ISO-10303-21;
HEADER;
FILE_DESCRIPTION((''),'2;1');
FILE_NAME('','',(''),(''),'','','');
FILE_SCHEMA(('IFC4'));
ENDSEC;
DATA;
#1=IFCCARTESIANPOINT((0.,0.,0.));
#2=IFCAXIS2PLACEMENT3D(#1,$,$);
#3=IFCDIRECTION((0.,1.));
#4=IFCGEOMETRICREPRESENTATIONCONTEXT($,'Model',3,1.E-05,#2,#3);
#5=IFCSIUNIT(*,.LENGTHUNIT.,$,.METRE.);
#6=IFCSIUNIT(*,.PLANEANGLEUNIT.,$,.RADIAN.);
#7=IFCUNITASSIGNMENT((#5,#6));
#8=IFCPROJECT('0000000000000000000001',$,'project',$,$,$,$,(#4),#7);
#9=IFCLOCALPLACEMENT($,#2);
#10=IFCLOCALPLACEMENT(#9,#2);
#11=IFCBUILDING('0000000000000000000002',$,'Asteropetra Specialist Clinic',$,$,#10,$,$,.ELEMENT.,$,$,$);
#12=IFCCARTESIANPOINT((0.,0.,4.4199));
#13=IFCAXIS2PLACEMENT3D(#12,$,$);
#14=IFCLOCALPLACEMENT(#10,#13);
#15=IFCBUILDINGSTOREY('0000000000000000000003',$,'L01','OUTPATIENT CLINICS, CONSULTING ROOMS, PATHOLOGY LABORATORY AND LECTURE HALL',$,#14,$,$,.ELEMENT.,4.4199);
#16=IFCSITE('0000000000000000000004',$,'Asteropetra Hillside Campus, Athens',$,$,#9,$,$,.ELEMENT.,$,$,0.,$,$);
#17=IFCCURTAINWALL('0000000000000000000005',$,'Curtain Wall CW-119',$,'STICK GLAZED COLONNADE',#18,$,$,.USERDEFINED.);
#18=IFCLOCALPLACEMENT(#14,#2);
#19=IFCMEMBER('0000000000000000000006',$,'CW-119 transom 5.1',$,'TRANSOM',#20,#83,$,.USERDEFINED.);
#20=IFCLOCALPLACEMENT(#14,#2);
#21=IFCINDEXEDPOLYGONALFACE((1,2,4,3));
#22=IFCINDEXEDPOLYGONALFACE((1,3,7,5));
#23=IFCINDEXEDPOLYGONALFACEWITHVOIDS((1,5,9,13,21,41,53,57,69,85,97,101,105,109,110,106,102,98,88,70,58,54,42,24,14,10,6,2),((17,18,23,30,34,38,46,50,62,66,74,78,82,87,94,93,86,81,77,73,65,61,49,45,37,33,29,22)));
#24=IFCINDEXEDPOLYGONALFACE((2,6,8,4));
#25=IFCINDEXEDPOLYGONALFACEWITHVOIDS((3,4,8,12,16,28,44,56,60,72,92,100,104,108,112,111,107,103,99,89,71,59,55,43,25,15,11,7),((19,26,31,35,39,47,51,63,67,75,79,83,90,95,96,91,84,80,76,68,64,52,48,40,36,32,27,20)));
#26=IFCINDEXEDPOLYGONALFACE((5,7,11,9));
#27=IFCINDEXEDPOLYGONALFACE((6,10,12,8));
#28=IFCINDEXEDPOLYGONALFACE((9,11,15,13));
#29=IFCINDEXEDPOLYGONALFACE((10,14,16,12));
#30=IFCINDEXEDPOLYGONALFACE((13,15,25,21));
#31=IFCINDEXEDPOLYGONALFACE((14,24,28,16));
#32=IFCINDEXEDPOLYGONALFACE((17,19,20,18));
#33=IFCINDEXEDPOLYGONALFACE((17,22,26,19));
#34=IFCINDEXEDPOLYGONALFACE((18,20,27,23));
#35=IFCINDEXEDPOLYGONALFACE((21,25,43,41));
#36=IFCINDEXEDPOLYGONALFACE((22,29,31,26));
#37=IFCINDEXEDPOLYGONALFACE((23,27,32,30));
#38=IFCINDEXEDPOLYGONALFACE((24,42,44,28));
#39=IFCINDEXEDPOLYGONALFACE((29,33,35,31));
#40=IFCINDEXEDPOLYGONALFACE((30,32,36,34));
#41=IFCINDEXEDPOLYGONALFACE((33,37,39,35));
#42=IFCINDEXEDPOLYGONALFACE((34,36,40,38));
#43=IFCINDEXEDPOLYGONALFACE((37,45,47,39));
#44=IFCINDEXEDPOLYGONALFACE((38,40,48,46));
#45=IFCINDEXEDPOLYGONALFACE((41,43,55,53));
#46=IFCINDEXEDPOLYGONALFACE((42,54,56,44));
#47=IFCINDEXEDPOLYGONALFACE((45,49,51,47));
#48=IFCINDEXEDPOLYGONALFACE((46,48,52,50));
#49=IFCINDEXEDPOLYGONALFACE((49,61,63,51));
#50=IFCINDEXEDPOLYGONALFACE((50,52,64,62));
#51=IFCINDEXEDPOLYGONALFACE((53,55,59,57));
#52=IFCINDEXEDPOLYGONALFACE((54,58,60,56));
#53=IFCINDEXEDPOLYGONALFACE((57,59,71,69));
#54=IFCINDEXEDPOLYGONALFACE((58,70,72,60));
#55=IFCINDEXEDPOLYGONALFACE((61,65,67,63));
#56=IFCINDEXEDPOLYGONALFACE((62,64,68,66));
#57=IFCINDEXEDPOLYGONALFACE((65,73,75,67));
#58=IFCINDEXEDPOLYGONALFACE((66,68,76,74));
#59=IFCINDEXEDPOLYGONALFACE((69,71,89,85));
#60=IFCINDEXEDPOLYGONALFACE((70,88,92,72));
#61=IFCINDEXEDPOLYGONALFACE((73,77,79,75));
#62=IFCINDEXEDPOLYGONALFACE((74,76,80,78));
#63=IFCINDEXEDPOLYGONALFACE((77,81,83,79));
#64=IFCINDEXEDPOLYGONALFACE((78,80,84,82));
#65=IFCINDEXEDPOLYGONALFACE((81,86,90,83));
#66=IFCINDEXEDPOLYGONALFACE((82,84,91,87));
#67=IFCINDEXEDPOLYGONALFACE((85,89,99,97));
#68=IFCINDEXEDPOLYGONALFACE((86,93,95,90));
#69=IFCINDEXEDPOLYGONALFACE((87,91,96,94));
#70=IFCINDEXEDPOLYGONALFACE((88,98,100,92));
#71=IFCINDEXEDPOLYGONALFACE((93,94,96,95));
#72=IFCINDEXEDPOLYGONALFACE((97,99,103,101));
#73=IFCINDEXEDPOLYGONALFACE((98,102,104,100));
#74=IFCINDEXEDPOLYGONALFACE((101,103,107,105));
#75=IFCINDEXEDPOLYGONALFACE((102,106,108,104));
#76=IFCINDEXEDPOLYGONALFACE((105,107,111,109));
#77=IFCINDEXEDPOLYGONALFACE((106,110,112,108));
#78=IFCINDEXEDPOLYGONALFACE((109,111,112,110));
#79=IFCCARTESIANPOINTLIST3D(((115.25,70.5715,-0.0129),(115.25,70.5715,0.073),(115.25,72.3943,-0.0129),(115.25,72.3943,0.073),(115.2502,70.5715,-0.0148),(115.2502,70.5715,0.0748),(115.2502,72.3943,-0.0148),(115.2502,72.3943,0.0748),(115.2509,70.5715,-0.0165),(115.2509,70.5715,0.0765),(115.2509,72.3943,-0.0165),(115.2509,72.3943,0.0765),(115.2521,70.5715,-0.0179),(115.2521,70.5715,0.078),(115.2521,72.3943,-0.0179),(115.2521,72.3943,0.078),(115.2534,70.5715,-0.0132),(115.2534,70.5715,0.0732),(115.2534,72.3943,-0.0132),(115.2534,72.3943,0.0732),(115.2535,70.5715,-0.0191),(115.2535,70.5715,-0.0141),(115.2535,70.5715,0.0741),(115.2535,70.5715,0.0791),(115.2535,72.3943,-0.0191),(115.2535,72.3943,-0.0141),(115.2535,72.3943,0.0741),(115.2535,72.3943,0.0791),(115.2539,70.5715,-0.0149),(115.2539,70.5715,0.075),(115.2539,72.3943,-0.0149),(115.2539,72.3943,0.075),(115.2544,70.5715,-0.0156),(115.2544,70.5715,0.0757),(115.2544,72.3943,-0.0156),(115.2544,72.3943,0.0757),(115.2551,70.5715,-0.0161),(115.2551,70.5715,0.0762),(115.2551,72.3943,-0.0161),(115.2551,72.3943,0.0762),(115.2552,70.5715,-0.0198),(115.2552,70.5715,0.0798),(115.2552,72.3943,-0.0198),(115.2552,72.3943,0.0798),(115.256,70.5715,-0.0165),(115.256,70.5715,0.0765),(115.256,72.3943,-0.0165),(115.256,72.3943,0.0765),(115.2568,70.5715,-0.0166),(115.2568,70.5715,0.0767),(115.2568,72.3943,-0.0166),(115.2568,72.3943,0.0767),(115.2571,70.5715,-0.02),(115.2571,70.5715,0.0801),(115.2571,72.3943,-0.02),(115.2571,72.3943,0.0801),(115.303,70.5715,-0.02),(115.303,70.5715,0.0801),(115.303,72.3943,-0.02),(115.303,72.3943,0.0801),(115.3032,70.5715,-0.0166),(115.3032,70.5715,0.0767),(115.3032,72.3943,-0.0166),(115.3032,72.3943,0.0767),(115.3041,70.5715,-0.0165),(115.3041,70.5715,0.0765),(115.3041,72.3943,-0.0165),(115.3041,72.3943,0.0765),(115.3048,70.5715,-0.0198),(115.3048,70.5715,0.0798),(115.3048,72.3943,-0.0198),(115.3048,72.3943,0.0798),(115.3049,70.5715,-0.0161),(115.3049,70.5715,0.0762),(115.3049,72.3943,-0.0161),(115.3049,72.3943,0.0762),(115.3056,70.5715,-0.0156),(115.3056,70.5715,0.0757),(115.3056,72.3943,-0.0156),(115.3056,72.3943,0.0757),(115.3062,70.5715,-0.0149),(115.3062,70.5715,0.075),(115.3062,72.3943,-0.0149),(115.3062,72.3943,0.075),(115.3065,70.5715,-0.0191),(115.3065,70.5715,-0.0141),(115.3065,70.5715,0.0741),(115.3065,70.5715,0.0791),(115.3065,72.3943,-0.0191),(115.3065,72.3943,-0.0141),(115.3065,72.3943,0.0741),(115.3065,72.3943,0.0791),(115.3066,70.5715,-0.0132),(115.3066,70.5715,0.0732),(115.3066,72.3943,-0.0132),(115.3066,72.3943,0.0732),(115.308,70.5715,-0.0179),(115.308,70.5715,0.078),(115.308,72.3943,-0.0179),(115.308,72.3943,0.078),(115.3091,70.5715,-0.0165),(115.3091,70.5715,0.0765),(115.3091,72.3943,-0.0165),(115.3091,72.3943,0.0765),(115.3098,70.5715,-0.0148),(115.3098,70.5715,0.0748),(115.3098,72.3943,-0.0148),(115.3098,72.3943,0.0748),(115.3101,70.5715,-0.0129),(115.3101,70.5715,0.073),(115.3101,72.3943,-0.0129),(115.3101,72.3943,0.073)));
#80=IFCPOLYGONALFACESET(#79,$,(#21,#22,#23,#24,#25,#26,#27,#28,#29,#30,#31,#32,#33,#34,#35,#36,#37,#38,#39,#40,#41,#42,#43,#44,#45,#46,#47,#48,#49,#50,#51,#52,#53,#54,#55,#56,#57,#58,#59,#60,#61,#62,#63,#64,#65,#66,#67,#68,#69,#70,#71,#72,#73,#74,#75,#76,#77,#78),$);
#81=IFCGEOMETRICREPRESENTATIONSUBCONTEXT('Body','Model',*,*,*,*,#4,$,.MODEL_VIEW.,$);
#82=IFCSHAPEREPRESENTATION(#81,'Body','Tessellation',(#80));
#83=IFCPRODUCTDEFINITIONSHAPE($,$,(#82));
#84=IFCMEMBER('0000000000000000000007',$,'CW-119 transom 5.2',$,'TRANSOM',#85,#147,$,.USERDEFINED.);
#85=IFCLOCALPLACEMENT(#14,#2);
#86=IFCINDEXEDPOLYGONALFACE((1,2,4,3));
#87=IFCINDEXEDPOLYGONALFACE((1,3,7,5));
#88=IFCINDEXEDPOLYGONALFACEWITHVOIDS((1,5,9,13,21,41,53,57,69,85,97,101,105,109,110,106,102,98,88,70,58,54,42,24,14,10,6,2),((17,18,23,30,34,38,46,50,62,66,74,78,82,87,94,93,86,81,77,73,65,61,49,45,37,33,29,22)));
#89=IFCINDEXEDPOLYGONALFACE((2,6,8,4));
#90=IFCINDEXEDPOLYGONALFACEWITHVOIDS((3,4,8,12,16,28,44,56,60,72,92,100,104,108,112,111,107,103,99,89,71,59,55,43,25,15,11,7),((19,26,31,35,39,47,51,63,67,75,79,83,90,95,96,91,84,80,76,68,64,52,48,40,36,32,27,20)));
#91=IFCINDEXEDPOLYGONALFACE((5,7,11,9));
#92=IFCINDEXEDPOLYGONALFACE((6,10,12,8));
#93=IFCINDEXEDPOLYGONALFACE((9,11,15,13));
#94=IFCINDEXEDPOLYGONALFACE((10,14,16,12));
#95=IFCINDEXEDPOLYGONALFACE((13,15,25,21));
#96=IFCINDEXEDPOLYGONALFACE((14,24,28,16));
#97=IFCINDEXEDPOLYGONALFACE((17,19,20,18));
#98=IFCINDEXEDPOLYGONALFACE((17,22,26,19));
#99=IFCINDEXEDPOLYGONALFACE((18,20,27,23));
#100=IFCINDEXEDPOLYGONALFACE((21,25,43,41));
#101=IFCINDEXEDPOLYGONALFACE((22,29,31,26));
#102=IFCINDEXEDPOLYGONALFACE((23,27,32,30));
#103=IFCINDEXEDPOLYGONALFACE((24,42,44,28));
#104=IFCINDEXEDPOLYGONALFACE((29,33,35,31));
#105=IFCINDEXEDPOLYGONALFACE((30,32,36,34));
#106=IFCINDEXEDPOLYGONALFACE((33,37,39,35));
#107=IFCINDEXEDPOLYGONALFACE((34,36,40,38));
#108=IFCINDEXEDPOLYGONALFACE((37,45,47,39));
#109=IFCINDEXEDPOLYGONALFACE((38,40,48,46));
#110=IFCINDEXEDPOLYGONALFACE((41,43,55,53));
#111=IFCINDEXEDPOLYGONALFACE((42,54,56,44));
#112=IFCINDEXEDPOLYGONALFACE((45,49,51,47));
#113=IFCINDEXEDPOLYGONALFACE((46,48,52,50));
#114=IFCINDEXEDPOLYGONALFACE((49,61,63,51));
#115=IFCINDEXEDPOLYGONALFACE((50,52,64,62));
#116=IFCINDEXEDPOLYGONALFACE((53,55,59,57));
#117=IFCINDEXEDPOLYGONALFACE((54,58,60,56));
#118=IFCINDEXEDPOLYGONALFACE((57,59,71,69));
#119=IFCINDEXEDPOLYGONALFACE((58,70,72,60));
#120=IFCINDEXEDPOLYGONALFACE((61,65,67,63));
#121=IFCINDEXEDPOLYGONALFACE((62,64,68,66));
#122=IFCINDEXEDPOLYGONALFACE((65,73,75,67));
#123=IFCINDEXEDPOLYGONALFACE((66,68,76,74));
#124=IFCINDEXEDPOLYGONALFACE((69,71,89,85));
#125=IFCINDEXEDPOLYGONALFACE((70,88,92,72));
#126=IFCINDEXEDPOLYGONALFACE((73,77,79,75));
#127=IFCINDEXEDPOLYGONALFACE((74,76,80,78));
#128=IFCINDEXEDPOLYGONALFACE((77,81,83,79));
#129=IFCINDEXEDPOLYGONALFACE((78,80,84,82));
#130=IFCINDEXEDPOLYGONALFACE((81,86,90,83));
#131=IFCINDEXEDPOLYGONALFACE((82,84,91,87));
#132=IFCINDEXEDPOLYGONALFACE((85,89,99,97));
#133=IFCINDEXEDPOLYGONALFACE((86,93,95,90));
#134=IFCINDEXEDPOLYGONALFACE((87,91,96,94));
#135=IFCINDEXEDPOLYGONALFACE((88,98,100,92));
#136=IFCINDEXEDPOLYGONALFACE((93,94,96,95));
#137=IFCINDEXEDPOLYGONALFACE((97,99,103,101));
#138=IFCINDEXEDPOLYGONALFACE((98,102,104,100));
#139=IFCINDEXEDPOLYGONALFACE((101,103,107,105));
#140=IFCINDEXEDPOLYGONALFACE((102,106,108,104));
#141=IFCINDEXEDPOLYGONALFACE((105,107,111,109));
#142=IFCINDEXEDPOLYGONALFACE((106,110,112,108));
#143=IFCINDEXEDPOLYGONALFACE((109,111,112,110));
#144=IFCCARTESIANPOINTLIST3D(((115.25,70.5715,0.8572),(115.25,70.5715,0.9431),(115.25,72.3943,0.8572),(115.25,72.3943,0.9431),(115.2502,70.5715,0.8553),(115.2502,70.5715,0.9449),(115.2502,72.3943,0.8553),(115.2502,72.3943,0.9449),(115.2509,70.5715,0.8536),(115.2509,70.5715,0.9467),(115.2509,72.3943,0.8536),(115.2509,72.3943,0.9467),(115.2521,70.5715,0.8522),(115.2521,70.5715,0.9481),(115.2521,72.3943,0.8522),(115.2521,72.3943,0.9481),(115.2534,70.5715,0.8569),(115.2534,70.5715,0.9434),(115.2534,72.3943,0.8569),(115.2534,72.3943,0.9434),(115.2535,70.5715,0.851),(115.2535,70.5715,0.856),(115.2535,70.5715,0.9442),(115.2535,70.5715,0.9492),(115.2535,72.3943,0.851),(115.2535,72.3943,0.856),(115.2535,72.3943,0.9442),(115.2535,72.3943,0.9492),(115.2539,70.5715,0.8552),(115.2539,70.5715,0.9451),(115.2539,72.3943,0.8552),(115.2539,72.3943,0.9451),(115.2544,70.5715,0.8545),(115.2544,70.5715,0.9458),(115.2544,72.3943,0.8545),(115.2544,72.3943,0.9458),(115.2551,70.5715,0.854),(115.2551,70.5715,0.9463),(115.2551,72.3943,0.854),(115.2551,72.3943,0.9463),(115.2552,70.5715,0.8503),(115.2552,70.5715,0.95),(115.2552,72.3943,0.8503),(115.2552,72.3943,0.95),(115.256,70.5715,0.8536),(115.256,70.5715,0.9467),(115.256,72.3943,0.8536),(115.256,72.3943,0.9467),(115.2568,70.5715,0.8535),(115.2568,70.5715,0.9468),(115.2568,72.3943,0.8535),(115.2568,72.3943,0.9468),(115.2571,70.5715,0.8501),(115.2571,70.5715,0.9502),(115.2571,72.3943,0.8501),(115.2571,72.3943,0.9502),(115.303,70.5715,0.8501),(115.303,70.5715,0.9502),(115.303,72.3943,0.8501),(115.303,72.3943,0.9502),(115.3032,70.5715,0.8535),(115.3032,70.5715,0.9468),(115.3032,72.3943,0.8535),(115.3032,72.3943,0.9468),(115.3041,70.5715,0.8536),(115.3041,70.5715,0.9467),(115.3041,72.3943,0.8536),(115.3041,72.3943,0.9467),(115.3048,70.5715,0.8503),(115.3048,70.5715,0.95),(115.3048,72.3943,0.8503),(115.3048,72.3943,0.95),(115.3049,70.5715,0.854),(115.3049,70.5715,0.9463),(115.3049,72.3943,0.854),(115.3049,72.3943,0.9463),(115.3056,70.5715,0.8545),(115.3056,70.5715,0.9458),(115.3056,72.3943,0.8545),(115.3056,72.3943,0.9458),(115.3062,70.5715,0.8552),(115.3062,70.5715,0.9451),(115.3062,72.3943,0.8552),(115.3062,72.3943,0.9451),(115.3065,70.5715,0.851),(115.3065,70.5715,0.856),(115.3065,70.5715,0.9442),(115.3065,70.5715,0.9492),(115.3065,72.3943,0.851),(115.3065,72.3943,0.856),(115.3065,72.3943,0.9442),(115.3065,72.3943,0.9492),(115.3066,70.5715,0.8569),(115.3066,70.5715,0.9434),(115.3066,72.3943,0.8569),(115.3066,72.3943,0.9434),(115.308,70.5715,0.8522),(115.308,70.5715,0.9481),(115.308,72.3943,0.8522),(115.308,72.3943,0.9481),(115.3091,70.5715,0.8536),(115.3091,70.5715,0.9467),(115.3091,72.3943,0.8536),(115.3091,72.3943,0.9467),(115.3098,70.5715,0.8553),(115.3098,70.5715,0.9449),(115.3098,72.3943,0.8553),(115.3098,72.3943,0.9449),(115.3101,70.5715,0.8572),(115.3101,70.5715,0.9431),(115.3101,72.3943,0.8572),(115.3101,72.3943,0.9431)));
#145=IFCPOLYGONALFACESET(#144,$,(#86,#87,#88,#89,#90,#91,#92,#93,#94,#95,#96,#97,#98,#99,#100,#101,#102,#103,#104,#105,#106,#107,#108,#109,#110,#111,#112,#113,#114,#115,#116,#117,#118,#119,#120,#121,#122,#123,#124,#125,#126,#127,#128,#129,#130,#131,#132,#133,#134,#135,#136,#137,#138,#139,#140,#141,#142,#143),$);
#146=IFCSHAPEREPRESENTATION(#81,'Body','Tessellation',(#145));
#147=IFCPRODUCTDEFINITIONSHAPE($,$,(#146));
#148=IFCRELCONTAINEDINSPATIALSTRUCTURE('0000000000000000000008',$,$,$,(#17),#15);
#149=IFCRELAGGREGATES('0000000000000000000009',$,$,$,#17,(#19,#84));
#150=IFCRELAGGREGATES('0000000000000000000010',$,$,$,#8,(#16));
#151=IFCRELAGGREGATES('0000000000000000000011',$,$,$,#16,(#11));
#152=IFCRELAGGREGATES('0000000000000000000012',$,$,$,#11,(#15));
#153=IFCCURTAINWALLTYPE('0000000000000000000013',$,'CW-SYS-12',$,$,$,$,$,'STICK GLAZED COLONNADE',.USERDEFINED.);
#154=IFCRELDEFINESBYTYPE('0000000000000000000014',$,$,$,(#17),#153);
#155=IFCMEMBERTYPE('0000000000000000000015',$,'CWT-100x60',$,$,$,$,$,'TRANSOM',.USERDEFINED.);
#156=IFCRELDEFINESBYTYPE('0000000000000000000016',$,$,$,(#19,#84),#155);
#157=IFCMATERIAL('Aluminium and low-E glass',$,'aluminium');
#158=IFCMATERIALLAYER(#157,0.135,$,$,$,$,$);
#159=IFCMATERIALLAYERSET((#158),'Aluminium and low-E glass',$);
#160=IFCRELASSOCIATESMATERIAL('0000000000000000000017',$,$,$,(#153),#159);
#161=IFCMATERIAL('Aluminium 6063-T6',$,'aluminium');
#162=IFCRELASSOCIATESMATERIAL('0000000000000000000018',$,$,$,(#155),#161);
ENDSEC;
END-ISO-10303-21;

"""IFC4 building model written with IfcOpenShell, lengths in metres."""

from ifc_helpers import new_model, si_unit, direction, frame, origin, origin_2d, place, context, subcontext, project, spatial, hollow_rectangle, extrude, material, layer, layer_set, material_profile, profile_set, type_object, element, aggregate, save


model = new_model("IFC4")

# Units and contexts
model_context = context("Model", 3, precision=1e-05, world=origin(), true_north=direction((0.0, 1.0)))
body_context = subcontext(model_context, "Body", "Model", "MODEL_VIEW")
ifc_project = project(units=[si_unit("LENGTHUNIT", "METRE"), si_unit("PLANEANGLEUNIT", "RADIAN")], contexts=[model_context])

# Site, building, storey
site_placement = place(None, origin())
site = spatial("IfcSite", under=ifc_project, at=site_placement, Name="Asteropetra Hillside Campus, Athens", CompositionType="ELEMENT", RefElevation=0.0)
building_placement = place(site_placement, origin())
building = spatial("IfcBuilding", under=site, at=building_placement, Name="Asteropetra Specialist Clinic", CompositionType="ELEMENT")
storey_placement = place(building_placement, frame((0.0, 0.0, 4.4199)))
storey = spatial("IfcBuildingStorey", under=building, at=storey_placement, Name="L01", Description="OUTPATIENT CLINICS, CONSULTING ROOMS, PATHOLOGY LABORATORY AND LECTURE HALL", CompositionType="ELEMENT", Elevation=4.4199)

# Curtain wall, members
ifc_material_1 = material(Name="Aluminium and low-E glass", Category="aluminium")
ifc_layer_1 = layer(ifc_material_1, 0.135)
ifc_layer_set_1 = layer_set([ifc_layer_1], Name="Aluminium and low-E glass")
curtain_wall_type = type_object("IfcCurtainWallType", Name="CW-SYS-12", ElementType="STICK GLAZED COLONNADE", PredefinedType="USERDEFINED", material=ifc_layer_set_1)
curtain_wall_placement = place(storey_placement, origin())
curtain_wall = element("IfcCurtainWall", 1, at=curtain_wall_placement, inside=storey, type_object=curtain_wall_type, Name="Curtain Wall CW-119", ObjectType="STICK GLAZED COLONNADE", PredefinedType="USERDEFINED")
ifc_material_2 = material(Name="Aluminium 6063-T6", Category="aluminium")
ifc_material_profile_1 = material_profile(ifc_material_2, hollow_rectangle(XDim=0.0601, YDim=0.1001, WallThickness=0.0034, InnerFilletRadius=0.0034, OuterFilletRadius=0.0071, at=origin_2d()), Name="TRN 100x60x3.5")
ifc_profile_set_1 = profile_set([ifc_material_profile_1], Name="Aluminium 6063-T6")
member_type_1 = type_object("IfcMemberType", Name="CWT-100x60", ElementType="TRANSOM", PredefinedType="USERDEFINED", material=ifc_profile_set_1)
member_1_placement = place(storey_placement, frame((115.28, 70.5715, 0.03), z_axis=(0.0, 1.0, 0.0), x_axis=(-1.0, 0.0, 0.0)))
member_1 = element("IfcMember", 2, at=member_1_placement, type_object=member_type_1, Name="CW-119 transom 5.1", ObjectType="TRANSOM", PredefinedType="USERDEFINED", context=body_context, shape_type="SweptSolid", body=[
    extrude(hollow_rectangle(XDim=0.0601, YDim=0.1001, WallThickness=0.0034, InnerFilletRadius=0.0034, OuterFilletRadius=0.0071, at=origin_2d()), origin(), (0.0, 0.0, 1.0), 1.8228),
])
member_2_placement = place(storey_placement, frame((115.28, 70.5715, 0.9001), z_axis=(0.0, 1.0, 0.0), x_axis=(-1.0, 0.0, 0.0)))
member_2 = element("IfcMember", 3, at=member_2_placement, type_object=member_type_1, Name="CW-119 transom 5.2", ObjectType="TRANSOM", PredefinedType="USERDEFINED", context=body_context, shape_type="SweptSolid", body=[
    extrude(hollow_rectangle(XDim=0.0601, YDim=0.1001, WallThickness=0.0034, InnerFilletRadius=0.0034, OuterFilletRadius=0.0071, at=origin_2d()), origin(), (0.0, 0.0, 1.0), 1.8228),
])

aggregate(curtain_wall, [member_1, member_2])

save(model, "model.ifc")
